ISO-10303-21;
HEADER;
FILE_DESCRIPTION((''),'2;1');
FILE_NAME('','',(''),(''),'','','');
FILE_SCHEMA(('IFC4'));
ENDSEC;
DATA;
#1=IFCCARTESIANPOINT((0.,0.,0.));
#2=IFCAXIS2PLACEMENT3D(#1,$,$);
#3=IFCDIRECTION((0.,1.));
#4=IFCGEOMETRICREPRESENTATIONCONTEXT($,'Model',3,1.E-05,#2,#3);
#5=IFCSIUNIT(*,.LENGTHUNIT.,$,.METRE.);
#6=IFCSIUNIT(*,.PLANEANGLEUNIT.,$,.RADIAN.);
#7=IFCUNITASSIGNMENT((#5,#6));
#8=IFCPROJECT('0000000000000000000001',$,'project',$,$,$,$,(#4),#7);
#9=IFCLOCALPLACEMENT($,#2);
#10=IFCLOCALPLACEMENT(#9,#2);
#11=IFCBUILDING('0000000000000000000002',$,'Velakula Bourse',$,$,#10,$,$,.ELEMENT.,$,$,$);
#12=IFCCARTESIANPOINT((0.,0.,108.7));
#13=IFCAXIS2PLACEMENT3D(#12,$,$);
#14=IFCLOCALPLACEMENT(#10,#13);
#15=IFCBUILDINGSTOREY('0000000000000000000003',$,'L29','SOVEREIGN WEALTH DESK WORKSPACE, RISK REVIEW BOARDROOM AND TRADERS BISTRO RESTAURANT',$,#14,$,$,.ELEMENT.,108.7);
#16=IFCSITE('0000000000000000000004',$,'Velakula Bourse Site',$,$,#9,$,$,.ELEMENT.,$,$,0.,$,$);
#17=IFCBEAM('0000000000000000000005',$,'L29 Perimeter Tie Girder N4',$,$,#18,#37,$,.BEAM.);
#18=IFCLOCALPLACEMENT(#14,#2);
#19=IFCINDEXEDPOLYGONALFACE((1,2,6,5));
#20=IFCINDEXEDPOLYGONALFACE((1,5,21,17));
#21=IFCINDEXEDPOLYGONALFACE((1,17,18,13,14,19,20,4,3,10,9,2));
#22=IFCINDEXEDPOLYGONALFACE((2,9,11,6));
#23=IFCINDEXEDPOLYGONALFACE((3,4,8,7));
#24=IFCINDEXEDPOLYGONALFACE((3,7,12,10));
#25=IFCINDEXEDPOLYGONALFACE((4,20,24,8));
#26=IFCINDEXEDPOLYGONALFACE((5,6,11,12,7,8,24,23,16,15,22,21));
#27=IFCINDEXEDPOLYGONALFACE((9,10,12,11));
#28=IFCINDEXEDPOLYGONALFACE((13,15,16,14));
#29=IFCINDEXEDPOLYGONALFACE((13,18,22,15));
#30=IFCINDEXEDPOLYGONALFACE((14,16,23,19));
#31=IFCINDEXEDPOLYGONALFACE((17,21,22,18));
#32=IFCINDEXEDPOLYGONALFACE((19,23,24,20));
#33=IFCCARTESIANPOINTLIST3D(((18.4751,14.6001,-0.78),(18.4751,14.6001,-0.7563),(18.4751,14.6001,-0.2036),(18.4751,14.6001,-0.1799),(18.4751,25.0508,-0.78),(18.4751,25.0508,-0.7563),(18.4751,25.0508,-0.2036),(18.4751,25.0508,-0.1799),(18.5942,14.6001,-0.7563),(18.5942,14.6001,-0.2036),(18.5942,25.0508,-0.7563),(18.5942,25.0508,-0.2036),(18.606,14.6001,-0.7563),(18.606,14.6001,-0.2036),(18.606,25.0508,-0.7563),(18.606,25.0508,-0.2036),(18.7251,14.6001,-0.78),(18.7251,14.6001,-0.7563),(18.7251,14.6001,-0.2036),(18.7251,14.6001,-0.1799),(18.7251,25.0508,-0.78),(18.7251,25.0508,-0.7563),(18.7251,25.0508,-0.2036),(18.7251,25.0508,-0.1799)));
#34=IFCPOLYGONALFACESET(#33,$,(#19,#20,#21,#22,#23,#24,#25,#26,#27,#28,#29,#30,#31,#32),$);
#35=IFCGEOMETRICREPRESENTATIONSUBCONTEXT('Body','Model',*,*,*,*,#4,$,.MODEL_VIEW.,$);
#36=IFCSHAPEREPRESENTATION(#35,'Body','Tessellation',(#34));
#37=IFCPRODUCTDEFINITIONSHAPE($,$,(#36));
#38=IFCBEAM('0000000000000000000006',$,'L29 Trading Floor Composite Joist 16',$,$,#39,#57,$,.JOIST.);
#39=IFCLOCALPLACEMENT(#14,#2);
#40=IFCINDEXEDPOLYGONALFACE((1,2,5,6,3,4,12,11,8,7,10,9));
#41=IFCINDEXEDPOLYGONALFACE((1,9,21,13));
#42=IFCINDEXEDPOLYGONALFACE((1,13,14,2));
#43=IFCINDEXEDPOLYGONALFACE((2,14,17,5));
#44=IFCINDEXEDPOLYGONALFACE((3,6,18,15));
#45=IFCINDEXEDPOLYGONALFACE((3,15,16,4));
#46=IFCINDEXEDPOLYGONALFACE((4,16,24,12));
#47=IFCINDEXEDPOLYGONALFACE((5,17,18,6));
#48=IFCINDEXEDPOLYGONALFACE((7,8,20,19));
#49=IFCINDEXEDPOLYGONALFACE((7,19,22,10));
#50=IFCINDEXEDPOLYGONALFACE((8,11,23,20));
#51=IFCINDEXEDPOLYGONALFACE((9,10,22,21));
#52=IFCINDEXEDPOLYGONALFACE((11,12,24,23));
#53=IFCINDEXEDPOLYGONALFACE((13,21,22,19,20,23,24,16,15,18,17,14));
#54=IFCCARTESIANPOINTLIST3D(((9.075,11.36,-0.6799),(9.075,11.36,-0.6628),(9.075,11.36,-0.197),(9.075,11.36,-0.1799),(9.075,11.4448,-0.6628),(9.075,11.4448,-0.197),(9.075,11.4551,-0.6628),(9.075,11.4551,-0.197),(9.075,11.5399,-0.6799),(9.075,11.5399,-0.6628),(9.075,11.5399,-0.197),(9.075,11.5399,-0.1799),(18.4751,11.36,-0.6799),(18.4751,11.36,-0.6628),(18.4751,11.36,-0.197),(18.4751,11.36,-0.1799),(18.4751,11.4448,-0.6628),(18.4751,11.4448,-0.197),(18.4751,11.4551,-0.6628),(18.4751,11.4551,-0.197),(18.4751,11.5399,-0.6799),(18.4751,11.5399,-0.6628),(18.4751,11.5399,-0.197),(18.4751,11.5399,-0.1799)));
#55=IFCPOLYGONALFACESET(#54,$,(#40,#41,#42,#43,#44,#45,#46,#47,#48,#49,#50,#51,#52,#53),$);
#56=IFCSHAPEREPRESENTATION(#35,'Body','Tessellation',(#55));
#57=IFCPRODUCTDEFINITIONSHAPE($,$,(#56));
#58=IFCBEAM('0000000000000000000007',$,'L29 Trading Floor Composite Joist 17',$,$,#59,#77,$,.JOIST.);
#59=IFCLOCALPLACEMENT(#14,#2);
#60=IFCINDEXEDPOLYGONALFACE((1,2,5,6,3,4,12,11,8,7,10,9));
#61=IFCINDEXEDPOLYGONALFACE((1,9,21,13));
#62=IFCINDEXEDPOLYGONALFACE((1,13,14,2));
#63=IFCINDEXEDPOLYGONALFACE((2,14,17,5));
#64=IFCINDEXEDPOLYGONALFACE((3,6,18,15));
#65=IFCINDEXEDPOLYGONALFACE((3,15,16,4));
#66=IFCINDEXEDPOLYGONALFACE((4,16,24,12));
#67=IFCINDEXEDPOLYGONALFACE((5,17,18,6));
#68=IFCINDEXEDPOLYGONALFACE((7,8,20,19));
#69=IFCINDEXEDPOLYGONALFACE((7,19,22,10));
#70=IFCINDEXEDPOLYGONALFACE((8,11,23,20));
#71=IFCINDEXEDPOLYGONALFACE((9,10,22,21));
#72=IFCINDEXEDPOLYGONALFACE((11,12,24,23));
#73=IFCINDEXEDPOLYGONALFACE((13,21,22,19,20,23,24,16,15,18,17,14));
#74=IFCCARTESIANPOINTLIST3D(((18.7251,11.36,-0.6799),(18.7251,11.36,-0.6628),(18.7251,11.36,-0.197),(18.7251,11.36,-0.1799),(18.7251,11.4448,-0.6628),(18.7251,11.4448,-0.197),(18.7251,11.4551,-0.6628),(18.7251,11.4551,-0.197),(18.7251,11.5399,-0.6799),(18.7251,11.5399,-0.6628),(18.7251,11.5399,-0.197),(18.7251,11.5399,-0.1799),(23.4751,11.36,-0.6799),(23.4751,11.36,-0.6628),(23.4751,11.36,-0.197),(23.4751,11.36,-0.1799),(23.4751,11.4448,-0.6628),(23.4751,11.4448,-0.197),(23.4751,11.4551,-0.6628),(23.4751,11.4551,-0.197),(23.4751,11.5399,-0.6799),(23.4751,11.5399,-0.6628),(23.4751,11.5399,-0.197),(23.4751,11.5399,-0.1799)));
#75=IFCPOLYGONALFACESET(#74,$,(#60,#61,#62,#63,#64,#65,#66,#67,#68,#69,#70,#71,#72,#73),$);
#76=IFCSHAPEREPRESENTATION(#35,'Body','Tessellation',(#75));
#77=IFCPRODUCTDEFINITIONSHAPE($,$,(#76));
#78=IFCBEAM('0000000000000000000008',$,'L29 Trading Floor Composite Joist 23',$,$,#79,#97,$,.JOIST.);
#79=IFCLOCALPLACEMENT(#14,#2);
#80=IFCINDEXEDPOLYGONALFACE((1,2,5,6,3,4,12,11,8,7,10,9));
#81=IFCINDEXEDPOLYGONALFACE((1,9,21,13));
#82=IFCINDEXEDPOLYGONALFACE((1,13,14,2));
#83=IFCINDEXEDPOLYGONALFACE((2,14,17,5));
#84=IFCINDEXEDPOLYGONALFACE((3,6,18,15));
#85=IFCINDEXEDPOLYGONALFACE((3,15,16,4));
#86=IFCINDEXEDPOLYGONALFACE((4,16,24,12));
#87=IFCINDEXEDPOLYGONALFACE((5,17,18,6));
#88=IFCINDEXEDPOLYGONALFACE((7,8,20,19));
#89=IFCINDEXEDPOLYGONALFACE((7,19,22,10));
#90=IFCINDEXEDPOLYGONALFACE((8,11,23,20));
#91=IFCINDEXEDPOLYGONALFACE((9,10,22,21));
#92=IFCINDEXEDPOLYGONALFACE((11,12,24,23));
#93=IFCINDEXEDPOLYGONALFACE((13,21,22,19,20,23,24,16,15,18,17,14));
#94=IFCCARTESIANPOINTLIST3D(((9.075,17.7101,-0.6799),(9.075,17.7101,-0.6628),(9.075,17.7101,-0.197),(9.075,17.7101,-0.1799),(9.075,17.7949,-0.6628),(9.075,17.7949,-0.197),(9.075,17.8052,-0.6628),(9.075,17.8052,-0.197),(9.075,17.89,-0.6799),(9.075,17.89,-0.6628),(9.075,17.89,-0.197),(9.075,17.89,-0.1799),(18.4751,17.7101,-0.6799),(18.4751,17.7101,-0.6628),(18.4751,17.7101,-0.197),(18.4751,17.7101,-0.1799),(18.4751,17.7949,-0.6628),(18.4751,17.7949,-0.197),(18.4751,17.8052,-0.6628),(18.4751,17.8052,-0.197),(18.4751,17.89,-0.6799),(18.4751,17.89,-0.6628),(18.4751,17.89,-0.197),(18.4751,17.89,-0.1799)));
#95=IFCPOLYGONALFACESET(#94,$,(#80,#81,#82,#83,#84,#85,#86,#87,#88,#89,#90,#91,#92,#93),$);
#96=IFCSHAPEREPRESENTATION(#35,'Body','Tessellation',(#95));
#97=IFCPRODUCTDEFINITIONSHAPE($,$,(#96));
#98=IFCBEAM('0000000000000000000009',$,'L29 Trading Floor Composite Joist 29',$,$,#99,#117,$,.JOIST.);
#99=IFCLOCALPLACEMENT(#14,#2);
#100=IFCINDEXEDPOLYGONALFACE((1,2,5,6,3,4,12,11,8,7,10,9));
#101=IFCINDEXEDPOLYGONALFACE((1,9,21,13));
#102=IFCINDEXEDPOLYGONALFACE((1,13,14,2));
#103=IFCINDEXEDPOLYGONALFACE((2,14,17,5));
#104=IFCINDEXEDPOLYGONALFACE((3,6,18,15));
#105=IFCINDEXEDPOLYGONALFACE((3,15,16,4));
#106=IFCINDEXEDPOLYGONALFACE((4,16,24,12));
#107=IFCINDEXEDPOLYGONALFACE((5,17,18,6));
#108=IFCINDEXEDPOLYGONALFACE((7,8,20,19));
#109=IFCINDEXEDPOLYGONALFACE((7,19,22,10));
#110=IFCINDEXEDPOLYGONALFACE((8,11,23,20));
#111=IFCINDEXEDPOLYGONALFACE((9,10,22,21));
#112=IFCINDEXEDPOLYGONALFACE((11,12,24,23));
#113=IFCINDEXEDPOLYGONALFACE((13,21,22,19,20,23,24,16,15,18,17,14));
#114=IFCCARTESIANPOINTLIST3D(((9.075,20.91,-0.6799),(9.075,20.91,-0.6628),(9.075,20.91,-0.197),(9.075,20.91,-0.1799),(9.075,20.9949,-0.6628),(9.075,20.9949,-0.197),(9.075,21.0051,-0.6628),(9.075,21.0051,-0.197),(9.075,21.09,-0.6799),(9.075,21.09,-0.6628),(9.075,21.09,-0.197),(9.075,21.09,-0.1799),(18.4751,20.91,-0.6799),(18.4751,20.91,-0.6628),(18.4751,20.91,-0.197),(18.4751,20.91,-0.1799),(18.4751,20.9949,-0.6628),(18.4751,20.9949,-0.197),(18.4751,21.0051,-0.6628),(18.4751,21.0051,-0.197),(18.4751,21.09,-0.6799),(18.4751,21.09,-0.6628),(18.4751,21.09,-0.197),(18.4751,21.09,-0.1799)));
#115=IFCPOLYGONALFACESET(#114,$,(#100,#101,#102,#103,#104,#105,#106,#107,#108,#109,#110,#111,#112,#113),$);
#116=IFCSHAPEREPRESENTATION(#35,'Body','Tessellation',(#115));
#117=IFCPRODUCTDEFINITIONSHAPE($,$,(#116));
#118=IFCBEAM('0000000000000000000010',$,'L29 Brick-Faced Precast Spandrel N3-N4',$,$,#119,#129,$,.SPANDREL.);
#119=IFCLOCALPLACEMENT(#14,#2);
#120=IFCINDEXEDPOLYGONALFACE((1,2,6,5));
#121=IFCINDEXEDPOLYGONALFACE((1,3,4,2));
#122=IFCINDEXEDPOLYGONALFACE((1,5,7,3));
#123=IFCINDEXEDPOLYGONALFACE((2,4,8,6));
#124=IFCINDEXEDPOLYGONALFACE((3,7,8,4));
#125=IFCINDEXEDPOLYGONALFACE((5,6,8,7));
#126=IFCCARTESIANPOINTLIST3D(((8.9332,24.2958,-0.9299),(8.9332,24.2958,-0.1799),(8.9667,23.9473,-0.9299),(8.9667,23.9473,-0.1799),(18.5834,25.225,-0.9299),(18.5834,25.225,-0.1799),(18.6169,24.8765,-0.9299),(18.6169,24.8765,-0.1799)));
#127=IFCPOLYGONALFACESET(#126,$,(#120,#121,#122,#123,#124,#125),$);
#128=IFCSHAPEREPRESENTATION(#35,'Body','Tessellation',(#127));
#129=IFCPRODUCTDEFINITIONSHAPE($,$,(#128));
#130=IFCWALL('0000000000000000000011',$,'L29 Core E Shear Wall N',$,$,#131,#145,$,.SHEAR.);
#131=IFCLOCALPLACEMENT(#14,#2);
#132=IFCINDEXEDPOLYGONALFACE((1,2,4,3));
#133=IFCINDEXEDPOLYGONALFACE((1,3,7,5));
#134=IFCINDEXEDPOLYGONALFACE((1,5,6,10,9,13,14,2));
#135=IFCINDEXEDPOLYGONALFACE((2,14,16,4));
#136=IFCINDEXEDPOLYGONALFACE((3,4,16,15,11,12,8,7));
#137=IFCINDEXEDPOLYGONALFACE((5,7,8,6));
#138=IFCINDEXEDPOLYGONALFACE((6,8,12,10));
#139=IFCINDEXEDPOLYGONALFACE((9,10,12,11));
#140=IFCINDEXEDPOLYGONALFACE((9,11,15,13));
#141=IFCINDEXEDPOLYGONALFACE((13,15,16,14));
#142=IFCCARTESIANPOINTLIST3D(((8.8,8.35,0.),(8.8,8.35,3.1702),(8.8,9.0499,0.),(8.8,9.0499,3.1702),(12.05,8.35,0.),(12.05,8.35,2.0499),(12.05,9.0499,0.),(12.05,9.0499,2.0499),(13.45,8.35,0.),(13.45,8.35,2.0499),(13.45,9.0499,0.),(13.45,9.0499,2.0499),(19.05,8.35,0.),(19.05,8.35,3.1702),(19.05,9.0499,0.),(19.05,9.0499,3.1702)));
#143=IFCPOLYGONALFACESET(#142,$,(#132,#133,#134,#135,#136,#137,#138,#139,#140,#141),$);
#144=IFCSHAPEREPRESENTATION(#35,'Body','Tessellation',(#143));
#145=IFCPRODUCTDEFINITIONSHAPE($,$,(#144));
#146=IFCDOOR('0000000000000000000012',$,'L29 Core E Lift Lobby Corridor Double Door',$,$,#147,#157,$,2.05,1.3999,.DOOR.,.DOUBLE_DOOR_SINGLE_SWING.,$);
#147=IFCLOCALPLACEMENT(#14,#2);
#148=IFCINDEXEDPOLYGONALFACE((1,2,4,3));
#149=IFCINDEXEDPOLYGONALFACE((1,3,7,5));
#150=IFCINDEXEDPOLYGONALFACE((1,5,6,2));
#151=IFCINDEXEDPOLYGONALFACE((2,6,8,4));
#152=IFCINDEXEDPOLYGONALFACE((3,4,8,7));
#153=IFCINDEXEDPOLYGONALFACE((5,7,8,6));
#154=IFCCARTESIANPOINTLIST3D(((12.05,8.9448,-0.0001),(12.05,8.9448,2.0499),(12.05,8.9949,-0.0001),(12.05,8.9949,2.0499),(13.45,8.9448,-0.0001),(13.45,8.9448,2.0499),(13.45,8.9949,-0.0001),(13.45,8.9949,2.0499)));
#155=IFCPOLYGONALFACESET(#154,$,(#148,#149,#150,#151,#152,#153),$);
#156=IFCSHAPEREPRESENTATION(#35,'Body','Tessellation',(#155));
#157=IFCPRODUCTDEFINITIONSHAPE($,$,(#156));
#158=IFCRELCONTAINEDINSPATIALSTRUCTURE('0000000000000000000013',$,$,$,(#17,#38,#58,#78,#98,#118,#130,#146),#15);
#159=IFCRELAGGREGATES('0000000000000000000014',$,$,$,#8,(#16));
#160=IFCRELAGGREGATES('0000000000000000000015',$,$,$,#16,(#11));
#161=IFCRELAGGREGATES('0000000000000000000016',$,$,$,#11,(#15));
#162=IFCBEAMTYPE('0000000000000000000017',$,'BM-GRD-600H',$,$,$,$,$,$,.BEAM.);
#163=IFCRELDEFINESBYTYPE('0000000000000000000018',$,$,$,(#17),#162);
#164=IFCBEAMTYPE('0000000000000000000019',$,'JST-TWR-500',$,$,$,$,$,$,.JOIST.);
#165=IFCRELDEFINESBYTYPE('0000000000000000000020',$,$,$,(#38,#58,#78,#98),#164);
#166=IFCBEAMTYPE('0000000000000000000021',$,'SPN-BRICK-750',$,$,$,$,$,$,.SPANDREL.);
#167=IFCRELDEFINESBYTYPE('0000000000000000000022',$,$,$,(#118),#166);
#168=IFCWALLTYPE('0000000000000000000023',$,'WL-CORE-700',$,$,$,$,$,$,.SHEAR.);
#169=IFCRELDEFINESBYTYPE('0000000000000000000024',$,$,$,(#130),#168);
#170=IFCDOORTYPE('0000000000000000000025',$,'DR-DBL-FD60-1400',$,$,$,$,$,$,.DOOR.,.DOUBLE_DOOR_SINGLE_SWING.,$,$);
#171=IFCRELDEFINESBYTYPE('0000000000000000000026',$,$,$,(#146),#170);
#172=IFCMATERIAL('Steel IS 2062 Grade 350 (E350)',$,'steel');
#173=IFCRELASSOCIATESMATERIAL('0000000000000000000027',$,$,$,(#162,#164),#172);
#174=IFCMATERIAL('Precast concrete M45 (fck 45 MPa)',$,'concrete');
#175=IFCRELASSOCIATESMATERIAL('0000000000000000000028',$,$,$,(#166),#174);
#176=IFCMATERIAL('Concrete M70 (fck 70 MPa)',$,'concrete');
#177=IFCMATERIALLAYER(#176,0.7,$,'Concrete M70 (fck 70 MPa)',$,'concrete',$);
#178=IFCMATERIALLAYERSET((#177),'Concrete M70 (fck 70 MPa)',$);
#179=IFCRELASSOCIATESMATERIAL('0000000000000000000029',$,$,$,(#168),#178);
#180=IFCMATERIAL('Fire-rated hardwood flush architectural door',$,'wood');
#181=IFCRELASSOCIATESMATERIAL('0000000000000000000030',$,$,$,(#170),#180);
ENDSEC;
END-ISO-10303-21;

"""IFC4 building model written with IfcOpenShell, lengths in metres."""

from ifc_helpers import new_model, si_unit, direction, frame, frame_2d, origin, origin_2d, place, context, subcontext, project, spatial, rectangle, i_section, extrude, material, layer, layer_set, material_profile, profile_set, type_object, element, fill, save


model = new_model("IFC4")

# Units and contexts
model_context = context("Model", 3, precision=1e-05, world=origin(), true_north=direction((0.0, 1.0)))
body_context = subcontext(model_context, "Body", "Model", "MODEL_VIEW")
ifc_project = project(units=[si_unit("LENGTHUNIT", "METRE"), si_unit("PLANEANGLEUNIT", "RADIAN")], contexts=[model_context])

# Site, building, storey
site_placement = place(None, origin())
site = spatial("IfcSite", under=ifc_project, at=site_placement, Name="Velakula Bourse Site", CompositionType="ELEMENT", RefElevation=0.0)
building_placement = place(site_placement, origin())
building = spatial("IfcBuilding", under=site, at=building_placement, Name="Velakula Bourse", CompositionType="ELEMENT")
storey_placement = place(building_placement, frame((0.0, 0.0, 108.7)))
storey = spatial("IfcBuildingStorey", under=building, at=storey_placement, Name="L29", Description="SOVEREIGN WEALTH DESK WORKSPACE, RISK REVIEW BOARDROOM AND TRADERS BISTRO RESTAURANT", CompositionType="ELEMENT", Elevation=108.7)

# Beams
ifc_material_1 = material(Name="Steel IS 2062 Grade 350 (E350)", Category="steel")
ifc_material_profile_1 = material_profile(ifc_material_1, i_section(OverallWidth=0.25, OverallDepth=0.6001, WebThickness=0.0117, FlangeThickness=0.0237, at=origin_2d()), Name="Steel IS 2062 Grade 350 (E350)")
ifc_profile_set_1 = profile_set([ifc_material_profile_1], Name="Steel IS 2062 Grade 350 (E350)")
beam_type_1 = type_object("IfcBeamType", Name="BM-GRD-600H", PredefinedType="BEAM", material=ifc_profile_set_1)
beam_1_placement = place(storey_placement, frame((18.6001, 14.6001, -0.48), z_axis=(0.0, 1.0, 0.0), x_axis=(-1.0, 0.0, 0.0)))
element("IfcBeam", 1, at=beam_1_placement, inside=storey, type_object=beam_type_1, Name="L29 Perimeter Tie Girder N4", PredefinedType="BEAM", context=body_context, shape_type="SweptSolid", body=[
    extrude(i_section(OverallWidth=0.25, OverallDepth=0.6001, WebThickness=0.0117, FlangeThickness=0.0237, at=origin_2d()), origin(), (0.0, 0.0, 1.0), 10.4507),
])
ifc_material_profile_2 = material_profile(ifc_material_1, i_section(OverallWidth=0.1799, OverallDepth=0.5, WebThickness=0.0103, FlangeThickness=0.0171, at=origin_2d()), Name="Steel IS 2062 Grade 350 (E350)")
ifc_profile_set_2 = profile_set([ifc_material_profile_2], Name="Steel IS 2062 Grade 350 (E350)")
beam_type_2 = type_object("IfcBeamType", Name="JST-TWR-500", PredefinedType="JOIST", material=ifc_profile_set_2)
beam_2_placement = place(storey_placement, frame((9.075, 11.45, -0.4299), z_axis=(1.0, 0.0, 0.0), x_axis=(0.0, 1.0, 0.0)))
element("IfcBeam", 2, at=beam_2_placement, inside=storey, type_object=beam_type_2, Name="L29 Trading Floor Composite Joist 16", PredefinedType="JOIST", context=body_context, shape_type="SweptSolid", body=[
    extrude(i_section(OverallWidth=0.1799, OverallDepth=0.5, WebThickness=0.0103, FlangeThickness=0.0171, at=origin_2d()), origin(), (0.0, 0.0, 1.0), 9.4001),
])
beam_3_placement = place(storey_placement, frame((18.7251, 11.45, -0.4299), z_axis=(1.0, 0.0, 0.0), x_axis=(0.0, 1.0, 0.0)))
element("IfcBeam", 3, at=beam_3_placement, inside=storey, type_object=beam_type_2, Name="L29 Trading Floor Composite Joist 17", PredefinedType="JOIST", context=body_context, shape_type="SweptSolid", body=[
    extrude(i_section(OverallWidth=0.1799, OverallDepth=0.5, WebThickness=0.0103, FlangeThickness=0.0171, at=origin_2d()), origin(), (0.0, 0.0, 1.0), 4.75),
])
for number, where, z_axis, x_axis, name in (
    (4, (9.075, 17.8, -0.4299), (1.0, 0.0, 0.0), (0.0, 1.0, 0.0), "L29 Trading Floor Composite Joist 23"),
    (5, (9.075, 21.0, -0.4299), (1.0, 0.0, 0.0), (0.0, 1.0, 0.0), "L29 Trading Floor Composite Joist 29"),
):
    element("IfcBeam", number, at=place(storey_placement, frame(where, z_axis=z_axis, x_axis=x_axis)), inside=storey, type_object=beam_type_2, Name=name, PredefinedType="JOIST", context=body_context, shape_type="SweptSolid", body=[
        extrude(i_section(OverallWidth=0.1799, OverallDepth=0.5, WebThickness=0.0103, FlangeThickness=0.0171, at=origin_2d()), origin(), (0.0, 0.0, 1.0), 9.4001),
    ])
ifc_material_2 = material(Name="Precast concrete M45 (fck 45 MPa)", Category="concrete")
ifc_material_profile_3 = material_profile(ifc_material_2, rectangle(XDim=0.3501, YDim=0.75, at=origin_2d()), Name="Precast concrete M45 (fck 45 MPa)")
ifc_profile_set_3 = profile_set([ifc_material_profile_3], Name="Precast concrete M45 (fck 45 MPa)")
beam_type_3 = type_object("IfcBeamType", Name="SPN-BRICK-750", PredefinedType="SPANDREL", material=ifc_profile_set_3)
beam_4_placement = place(storey_placement, frame((8.95, 24.1216, -0.5549), z_axis=(0.995396, 0.095845, 0.0), x_axis=(-0.095845, 0.995396, 0.0)))
element("IfcBeam", 6, at=beam_4_placement, inside=storey, type_object=beam_type_3, Name="L29 Brick-Faced Precast Spandrel N3-N4", PredefinedType="SPANDREL", context=body_context, shape_type="SweptSolid", body=[
    extrude(rectangle(XDim=0.3501, YDim=0.75, at=origin_2d()), origin(), (0.0, 0.0, 1.0), 9.6948),
])

# Wall, opening, door
ifc_material_3 = material(Name="Concrete M70 (fck 70 MPa)", Category="concrete")
ifc_layer_1 = layer(ifc_material_3, 0.7, Name="Concrete M70 (fck 70 MPa)", Category="concrete")
ifc_layer_set_1 = layer_set([ifc_layer_1], Name="Concrete M70 (fck 70 MPa)")
wall_type_1 = type_object("IfcWallType", Name="WL-CORE-700", PredefinedType="SHEAR", material=ifc_layer_set_1)
wall_1_placement = place(storey_placement, frame((8.8, 8.7, 0.0), z_axis=(0.0, 0.0, 1.0), x_axis=(1.0, 0.0, 0.0)))
wall_1 = element("IfcWall", 7, at=wall_1_placement, inside=storey, type_object=wall_type_1, Name="L29 Core E Shear Wall N", PredefinedType="SHEAR", context=body_context, shape_type="SweptSolid", body=[
    extrude(rectangle(XDim=10.25, YDim=0.7, at=frame_2d((5.125, 0.0))), origin(), (0.0, 0.0, 1.0), 3.1702),
])
opening_1_placement = place(wall_1_placement, frame((3.25, 0.0, 0.0)))
opening_1 = element("IfcOpeningElement", 8, at=opening_1_placement, cuts=wall_1, PredefinedType="OPENING", context=body_context, shape_type="SweptSolid", body=[
    extrude(rectangle(XDim=1.3999, YDim=2.05, at=frame_2d((0.7, 1.0249))), frame((0.0, 0.3599, 0.0), z_axis=(0.0, -1.0, 0.0), x_axis=(1.0, 0.0, 0.0)), (0.0, 0.0, 1.0), 0.72),
])
ifc_material_4 = material(Name="Fire-rated hardwood flush architectural door", Category="wood")
door_type = type_object("IfcDoorType", Name="DR-DBL-FD60-1400", OperationType="DOUBLE_DOOR_SINGLE_SWING", PredefinedType="DOOR", material=ifc_material_4)
door_placement = place(opening_1_placement, origin())
door = element("IfcDoor", 9, at=door_placement, inside=storey, type_object=door_type, Name="L29 Core E Lift Lobby Corridor Double Door", OperationType="DOUBLE_DOOR_SINGLE_SWING", OverallHeight=2.05, OverallWidth=1.3999, PredefinedType="DOOR", context=body_context, shape_type="SweptSolid", body=[
    extrude(rectangle(XDim=1.3999, YDim=2.05, at=frame_2d((0.7, 1.0249))), frame((0.0, 0.2949, 0.0), z_axis=(0.0, -1.0, 0.0), x_axis=(1.0, 0.0, 0.0)), (0.0, 0.0, 1.0), 0.05),
])
fill(opening_1, door)

save(model, "model.ifc")
